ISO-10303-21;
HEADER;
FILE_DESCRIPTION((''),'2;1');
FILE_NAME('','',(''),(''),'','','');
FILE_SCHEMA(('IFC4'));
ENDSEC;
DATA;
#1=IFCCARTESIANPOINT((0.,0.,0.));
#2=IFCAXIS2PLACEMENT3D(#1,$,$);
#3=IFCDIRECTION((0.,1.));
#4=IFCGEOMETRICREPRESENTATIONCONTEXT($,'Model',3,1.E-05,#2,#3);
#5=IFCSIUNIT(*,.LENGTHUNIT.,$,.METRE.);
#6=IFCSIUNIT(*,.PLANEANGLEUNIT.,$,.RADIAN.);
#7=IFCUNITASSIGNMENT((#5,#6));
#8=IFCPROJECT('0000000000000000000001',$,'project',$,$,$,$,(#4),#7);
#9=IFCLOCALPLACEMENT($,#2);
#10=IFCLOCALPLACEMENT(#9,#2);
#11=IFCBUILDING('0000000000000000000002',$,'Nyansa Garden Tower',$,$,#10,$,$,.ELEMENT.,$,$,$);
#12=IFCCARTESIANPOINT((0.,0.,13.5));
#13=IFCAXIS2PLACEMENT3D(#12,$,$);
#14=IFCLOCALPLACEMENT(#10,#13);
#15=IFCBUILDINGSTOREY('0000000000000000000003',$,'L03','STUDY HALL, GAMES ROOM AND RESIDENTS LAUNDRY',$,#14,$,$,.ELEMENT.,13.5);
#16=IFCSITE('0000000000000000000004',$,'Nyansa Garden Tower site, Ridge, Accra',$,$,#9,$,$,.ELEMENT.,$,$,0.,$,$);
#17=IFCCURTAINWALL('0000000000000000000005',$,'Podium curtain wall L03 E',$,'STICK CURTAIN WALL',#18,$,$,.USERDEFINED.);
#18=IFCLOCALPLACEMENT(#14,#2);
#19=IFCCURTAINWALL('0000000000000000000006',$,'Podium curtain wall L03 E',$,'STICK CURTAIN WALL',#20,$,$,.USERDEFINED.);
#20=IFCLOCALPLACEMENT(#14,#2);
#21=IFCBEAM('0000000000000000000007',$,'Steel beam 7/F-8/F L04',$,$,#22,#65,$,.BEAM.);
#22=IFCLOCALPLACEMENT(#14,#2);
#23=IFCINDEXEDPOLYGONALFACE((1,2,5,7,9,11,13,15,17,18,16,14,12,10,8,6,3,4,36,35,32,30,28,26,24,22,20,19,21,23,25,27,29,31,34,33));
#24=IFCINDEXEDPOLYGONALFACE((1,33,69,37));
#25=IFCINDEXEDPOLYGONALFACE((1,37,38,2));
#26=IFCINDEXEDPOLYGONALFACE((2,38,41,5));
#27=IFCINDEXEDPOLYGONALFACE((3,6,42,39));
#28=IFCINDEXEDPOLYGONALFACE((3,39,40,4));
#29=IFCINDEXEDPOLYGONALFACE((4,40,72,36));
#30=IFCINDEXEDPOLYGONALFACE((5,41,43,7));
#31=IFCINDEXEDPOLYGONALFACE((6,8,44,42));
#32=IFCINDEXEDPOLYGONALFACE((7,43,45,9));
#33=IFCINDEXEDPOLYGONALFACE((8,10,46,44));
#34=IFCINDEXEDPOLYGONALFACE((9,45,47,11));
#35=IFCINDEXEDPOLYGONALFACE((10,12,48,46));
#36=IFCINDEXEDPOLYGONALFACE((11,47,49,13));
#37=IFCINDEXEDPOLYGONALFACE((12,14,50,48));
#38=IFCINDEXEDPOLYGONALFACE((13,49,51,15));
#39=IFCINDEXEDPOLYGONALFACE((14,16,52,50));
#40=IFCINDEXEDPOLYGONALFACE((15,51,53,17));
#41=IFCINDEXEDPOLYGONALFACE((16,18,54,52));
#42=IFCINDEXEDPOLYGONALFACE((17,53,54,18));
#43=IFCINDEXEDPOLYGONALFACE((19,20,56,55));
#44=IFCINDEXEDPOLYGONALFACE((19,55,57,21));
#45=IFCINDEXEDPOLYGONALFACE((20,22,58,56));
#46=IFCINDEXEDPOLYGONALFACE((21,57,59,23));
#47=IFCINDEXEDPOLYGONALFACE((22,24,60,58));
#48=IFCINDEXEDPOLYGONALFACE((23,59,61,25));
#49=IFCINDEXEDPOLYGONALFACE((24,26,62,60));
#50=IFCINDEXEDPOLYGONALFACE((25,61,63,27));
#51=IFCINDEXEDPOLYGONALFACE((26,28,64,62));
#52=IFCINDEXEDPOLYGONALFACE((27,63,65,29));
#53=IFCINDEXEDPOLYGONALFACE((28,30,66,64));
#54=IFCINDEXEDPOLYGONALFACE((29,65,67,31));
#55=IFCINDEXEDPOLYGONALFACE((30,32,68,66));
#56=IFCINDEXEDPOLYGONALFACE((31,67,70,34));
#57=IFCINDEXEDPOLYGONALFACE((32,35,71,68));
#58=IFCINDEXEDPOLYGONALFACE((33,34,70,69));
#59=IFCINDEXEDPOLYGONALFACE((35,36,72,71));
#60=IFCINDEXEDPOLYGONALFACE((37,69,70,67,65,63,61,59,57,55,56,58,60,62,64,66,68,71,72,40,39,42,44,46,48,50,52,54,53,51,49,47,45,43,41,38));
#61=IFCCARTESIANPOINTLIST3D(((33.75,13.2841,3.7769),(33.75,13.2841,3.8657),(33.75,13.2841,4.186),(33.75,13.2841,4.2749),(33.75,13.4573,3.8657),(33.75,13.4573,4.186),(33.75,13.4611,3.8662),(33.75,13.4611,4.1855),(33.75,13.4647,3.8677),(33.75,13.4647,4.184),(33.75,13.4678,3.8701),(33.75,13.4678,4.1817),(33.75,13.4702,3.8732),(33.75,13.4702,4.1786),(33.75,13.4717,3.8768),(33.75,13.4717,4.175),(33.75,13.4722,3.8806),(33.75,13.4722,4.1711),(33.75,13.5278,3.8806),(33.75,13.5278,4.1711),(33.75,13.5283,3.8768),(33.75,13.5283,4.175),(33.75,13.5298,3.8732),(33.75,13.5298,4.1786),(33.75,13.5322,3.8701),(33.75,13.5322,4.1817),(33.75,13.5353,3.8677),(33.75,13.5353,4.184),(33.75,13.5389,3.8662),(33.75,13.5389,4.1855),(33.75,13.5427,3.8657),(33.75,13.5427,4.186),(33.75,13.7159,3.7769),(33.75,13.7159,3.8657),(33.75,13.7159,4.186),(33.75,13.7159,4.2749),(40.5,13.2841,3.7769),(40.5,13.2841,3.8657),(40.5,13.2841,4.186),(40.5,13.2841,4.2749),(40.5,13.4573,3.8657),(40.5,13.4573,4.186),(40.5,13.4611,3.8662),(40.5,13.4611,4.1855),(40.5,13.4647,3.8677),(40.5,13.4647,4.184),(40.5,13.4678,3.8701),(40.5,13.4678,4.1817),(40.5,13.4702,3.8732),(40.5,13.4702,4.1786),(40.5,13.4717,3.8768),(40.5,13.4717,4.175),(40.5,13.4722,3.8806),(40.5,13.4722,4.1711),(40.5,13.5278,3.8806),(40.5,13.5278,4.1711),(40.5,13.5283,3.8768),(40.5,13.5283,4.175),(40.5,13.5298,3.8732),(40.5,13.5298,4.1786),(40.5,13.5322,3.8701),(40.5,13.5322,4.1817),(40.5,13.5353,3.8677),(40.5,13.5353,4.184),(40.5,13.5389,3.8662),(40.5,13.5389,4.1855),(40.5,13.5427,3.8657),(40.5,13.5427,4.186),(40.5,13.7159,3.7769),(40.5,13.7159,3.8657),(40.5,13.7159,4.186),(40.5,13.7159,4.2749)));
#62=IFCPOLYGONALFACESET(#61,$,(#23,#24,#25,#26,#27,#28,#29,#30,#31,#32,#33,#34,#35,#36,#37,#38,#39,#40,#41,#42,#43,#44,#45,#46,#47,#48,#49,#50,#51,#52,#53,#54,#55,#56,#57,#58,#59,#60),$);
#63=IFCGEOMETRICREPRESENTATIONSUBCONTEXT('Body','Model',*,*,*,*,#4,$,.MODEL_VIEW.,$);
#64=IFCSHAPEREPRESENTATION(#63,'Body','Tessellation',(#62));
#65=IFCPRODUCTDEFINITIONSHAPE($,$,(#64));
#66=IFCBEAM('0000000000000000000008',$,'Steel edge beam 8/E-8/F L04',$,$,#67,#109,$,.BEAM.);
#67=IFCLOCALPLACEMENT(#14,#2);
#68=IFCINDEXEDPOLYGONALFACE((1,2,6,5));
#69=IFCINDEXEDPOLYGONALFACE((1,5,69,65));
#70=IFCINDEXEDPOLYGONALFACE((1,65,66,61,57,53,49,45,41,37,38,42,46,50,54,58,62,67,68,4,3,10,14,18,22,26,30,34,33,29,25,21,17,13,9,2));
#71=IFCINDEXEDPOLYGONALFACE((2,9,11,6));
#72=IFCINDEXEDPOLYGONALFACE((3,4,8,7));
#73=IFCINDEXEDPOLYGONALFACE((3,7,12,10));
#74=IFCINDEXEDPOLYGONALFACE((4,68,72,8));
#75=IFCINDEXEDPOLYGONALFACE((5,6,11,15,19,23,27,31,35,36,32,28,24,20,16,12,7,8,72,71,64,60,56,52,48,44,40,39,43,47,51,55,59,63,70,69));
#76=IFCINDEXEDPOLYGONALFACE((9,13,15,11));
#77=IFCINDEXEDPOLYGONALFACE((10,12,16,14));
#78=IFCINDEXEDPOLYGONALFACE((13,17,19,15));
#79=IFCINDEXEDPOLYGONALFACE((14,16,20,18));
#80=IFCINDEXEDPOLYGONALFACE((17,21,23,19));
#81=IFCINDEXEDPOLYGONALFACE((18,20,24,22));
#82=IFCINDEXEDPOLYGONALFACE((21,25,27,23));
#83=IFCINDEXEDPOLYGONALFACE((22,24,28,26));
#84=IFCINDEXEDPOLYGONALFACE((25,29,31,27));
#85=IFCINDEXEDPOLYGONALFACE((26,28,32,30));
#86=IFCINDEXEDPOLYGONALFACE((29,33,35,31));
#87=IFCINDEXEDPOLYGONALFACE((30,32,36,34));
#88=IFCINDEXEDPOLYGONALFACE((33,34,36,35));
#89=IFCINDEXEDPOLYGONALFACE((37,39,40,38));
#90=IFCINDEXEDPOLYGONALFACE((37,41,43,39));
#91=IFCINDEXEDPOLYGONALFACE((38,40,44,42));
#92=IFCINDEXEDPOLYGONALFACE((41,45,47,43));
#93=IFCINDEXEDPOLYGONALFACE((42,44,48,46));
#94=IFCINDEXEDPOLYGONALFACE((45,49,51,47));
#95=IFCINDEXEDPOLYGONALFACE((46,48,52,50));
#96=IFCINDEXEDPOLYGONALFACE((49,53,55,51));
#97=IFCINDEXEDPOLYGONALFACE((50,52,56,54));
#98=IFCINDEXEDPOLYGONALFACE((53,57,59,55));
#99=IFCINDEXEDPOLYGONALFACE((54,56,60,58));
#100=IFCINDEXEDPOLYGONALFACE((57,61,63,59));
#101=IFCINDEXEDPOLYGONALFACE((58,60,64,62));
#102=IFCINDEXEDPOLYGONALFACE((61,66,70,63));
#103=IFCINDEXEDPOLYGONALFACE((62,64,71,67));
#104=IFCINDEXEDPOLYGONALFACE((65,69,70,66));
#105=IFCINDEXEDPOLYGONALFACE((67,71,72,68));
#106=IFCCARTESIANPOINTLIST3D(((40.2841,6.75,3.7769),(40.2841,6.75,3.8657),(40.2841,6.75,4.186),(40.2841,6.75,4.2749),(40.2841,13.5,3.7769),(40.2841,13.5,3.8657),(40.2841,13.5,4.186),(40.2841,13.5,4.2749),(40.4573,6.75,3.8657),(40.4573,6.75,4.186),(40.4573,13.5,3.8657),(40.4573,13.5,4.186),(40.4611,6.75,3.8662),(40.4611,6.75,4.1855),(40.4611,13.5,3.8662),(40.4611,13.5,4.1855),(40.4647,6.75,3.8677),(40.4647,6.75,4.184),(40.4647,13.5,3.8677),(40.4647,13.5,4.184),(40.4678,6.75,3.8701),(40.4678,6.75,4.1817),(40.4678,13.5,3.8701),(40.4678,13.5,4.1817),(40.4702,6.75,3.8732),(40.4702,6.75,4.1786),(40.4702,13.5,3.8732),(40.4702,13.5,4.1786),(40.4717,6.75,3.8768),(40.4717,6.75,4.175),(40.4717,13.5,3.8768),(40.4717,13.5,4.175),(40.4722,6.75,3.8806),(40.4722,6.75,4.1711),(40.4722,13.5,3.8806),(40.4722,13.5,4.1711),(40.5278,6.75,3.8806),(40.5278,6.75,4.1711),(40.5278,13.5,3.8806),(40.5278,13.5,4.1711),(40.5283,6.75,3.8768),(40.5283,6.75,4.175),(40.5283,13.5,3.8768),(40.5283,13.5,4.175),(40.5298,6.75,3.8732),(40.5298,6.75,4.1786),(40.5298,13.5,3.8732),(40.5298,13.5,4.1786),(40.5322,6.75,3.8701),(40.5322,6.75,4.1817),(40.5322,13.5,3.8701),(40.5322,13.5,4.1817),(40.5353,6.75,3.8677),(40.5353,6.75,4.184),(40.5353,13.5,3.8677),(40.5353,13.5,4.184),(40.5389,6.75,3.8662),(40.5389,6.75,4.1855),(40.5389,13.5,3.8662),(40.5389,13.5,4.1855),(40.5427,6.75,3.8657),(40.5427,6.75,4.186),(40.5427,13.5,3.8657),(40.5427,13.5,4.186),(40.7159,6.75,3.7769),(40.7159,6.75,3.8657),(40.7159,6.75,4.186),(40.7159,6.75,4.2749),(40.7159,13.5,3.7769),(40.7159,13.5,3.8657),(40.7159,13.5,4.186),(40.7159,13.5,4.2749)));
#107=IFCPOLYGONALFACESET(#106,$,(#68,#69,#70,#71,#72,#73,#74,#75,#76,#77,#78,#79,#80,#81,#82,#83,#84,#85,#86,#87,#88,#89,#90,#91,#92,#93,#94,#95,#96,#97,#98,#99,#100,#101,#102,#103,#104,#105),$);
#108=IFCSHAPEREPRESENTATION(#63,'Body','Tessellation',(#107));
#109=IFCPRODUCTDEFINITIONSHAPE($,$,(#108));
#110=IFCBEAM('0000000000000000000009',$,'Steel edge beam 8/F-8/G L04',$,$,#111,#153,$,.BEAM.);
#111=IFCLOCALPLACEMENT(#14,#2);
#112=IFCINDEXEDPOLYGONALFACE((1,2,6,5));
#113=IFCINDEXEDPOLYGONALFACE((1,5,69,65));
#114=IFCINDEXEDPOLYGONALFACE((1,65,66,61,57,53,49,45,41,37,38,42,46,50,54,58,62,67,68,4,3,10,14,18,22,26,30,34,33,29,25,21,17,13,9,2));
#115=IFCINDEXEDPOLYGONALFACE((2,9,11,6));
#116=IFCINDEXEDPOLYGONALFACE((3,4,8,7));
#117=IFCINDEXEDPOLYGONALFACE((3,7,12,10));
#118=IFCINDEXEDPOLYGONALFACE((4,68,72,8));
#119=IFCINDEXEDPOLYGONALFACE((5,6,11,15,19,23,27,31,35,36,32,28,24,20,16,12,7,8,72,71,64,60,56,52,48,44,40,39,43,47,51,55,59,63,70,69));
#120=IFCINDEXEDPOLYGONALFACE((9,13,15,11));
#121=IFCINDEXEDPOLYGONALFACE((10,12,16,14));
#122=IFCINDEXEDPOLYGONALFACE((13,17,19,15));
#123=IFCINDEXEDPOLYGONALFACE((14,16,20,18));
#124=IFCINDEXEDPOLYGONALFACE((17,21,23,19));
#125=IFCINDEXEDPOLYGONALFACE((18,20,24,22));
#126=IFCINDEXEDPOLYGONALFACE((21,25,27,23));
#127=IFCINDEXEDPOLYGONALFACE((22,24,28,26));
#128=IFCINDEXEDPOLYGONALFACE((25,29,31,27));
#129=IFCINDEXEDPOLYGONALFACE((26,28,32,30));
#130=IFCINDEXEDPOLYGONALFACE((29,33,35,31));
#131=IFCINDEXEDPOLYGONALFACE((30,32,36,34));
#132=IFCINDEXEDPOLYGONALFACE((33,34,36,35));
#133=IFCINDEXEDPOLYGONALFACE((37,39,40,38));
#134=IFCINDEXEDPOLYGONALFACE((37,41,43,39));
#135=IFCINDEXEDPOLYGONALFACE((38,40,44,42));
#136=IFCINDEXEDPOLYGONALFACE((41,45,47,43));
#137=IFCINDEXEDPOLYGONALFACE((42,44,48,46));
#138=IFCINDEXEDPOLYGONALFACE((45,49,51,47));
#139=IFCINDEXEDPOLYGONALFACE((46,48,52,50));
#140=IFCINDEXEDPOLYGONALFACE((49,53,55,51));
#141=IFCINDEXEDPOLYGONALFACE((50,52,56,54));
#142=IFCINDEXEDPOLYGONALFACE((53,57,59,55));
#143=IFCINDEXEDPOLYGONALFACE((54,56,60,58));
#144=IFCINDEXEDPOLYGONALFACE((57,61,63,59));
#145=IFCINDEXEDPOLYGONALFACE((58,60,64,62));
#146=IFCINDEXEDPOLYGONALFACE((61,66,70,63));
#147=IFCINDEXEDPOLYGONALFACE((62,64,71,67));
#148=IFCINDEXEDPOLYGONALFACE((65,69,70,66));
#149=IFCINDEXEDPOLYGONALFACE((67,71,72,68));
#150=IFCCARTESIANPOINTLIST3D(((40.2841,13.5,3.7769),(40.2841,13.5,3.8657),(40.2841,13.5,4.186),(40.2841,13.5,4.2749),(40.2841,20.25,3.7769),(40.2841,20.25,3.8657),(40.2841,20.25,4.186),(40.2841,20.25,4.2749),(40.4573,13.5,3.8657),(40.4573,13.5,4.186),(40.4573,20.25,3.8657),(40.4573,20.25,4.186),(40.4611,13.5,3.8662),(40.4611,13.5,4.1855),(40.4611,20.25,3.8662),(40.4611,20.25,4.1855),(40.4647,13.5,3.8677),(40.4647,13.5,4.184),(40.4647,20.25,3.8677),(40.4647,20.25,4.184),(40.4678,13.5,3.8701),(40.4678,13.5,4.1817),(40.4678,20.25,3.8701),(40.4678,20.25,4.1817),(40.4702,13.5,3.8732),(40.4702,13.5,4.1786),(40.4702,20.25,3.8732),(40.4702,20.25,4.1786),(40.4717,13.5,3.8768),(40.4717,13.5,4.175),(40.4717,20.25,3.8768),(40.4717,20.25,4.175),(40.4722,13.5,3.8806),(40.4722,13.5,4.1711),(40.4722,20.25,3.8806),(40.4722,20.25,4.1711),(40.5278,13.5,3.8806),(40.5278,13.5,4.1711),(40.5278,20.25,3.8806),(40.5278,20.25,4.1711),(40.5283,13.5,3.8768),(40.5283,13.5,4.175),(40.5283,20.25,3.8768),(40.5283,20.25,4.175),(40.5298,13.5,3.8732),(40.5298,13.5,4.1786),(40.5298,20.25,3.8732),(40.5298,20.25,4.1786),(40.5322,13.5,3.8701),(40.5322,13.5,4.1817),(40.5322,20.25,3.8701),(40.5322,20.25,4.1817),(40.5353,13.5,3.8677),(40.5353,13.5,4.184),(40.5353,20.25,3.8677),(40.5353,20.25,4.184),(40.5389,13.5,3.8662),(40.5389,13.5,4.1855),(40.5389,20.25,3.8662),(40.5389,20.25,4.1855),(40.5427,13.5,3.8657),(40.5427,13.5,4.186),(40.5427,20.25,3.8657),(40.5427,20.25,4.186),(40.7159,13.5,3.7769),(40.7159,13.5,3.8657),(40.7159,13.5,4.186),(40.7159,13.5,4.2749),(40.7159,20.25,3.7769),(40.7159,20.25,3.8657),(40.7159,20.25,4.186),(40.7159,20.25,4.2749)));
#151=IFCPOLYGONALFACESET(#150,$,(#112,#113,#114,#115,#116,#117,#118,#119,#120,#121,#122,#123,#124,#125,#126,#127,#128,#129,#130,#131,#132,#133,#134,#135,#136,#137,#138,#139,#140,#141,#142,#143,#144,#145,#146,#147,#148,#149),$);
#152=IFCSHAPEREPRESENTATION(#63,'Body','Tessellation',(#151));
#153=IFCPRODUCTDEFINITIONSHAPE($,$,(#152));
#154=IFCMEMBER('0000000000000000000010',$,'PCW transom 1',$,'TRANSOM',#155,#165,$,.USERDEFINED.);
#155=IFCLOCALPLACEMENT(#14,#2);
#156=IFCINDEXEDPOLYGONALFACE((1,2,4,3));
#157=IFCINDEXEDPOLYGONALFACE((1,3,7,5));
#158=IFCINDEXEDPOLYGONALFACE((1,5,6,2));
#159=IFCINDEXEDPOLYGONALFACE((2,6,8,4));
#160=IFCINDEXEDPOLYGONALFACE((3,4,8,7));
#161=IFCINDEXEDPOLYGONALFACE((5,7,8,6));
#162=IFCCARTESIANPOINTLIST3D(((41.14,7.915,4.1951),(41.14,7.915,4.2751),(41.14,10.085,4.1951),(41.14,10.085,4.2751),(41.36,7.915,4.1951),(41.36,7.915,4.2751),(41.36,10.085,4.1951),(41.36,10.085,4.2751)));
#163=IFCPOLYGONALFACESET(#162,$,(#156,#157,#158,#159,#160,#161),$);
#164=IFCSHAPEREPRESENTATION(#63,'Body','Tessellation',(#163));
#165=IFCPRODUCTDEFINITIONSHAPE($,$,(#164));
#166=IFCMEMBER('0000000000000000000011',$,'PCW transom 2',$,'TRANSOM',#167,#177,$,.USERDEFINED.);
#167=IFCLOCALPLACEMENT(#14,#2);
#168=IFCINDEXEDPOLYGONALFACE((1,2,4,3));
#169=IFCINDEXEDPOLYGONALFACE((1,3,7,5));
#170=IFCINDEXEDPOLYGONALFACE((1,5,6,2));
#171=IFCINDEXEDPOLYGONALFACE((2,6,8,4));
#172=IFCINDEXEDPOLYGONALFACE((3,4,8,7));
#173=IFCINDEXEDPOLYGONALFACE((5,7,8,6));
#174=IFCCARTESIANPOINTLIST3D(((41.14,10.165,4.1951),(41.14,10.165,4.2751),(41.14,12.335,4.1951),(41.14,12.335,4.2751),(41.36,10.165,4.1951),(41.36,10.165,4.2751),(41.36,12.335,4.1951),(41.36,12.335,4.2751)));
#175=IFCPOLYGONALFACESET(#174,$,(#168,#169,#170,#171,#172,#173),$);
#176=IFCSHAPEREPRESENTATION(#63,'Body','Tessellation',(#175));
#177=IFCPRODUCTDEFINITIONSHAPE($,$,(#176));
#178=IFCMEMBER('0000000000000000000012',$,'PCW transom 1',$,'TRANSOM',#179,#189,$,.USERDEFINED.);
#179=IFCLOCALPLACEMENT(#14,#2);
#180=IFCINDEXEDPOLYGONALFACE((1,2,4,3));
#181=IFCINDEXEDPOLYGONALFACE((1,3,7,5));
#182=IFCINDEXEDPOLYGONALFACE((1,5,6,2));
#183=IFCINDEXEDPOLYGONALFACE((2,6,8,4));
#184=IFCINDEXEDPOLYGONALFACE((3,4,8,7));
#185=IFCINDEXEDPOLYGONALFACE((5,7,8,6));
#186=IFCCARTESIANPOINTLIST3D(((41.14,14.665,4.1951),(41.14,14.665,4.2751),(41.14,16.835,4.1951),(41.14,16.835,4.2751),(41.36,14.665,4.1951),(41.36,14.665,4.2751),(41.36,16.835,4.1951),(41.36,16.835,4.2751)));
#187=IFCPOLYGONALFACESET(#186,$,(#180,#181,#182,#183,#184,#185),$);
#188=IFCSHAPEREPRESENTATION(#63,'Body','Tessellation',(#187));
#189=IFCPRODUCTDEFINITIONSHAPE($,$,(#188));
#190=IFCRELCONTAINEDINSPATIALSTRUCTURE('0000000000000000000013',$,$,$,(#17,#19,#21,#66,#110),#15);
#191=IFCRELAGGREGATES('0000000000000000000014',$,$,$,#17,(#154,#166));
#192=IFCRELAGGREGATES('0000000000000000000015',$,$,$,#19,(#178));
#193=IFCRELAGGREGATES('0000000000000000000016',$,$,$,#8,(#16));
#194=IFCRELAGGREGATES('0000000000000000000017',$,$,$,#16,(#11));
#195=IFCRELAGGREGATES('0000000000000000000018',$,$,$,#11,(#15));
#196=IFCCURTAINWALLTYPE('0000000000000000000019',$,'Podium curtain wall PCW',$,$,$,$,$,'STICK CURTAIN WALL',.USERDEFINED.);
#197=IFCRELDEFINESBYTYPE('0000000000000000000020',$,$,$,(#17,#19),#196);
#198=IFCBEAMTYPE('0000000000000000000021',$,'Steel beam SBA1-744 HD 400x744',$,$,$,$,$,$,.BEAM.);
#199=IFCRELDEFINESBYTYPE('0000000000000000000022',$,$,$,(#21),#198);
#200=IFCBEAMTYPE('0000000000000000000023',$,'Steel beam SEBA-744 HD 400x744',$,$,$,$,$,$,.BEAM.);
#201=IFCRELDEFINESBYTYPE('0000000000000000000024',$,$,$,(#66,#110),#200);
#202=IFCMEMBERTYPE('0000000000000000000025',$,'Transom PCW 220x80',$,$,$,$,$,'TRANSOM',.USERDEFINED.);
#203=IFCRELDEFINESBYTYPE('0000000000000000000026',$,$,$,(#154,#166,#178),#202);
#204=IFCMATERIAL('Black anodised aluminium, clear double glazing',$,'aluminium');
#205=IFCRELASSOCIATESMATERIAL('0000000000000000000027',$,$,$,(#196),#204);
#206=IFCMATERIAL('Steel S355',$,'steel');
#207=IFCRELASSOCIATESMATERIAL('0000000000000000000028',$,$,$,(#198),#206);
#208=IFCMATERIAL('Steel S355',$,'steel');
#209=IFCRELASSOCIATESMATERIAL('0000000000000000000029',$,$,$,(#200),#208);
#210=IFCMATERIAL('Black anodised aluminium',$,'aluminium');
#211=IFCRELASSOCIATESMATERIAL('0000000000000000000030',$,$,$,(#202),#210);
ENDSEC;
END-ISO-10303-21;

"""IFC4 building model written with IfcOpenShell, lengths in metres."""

from ifc_helpers import new_model, si_unit, direction, frame, origin, origin_2d, place, context, subcontext, project, spatial, rectangle, i_section, extrude, material, material_profile, profile_set, type_object, element, aggregate, save


model = new_model("IFC4")

# Units and contexts
model_context = context("Model", 3, precision=1e-05, world=origin(), true_north=direction((0.0, 1.0)))
body_context = subcontext(model_context, "Body", "Model", "MODEL_VIEW")
ifc_project = project(units=[si_unit("LENGTHUNIT", "METRE"), si_unit("PLANEANGLEUNIT", "RADIAN")], contexts=[model_context])

# Site, building, storey
site_placement = place(None, origin())
site = spatial("IfcSite", under=ifc_project, at=site_placement, Name="Nyansa Garden Tower site, Ridge, Accra", CompositionType="ELEMENT", RefElevation=0.0)
building_placement = place(site_placement, origin())
building = spatial("IfcBuilding", under=site, at=building_placement, Name="Nyansa Garden Tower", CompositionType="ELEMENT")
storey_placement = place(building_placement, frame((0.0, 0.0, 13.5)))
storey = spatial("IfcBuildingStorey", under=building, at=storey_placement, Name="L03", Description="STUDY HALL, GAMES ROOM AND RESIDENTS LAUNDRY", CompositionType="ELEMENT", Elevation=13.5)

# Curtain walls
ifc_material_1 = material(Name="Black anodised aluminium, clear double glazing", Category="aluminium")
curtain_wall_type = type_object("IfcCurtainWallType", Name="Podium curtain wall PCW", ElementType="STICK CURTAIN WALL", PredefinedType="USERDEFINED", material=ifc_material_1)
curtain_wall_1_placement = place(storey_placement, origin())
curtain_wall_1 = element("IfcCurtainWall", 1, at=curtain_wall_1_placement, inside=storey, type_object=curtain_wall_type, Name="Podium curtain wall L03 E", ObjectType="STICK CURTAIN WALL", PredefinedType="USERDEFINED")
curtain_wall_2_placement = place(storey_placement, origin())
curtain_wall_2 = element("IfcCurtainWall", 2, at=curtain_wall_2_placement, inside=storey, type_object=curtain_wall_type, Name="Podium curtain wall L03 E", ObjectType="STICK CURTAIN WALL", PredefinedType="USERDEFINED")

# Beams
ifc_material_2 = material(Name="Steel S355", Category="steel")
ifc_material_profile_1 = material_profile(ifc_material_2, i_section(OverallWidth=0.4319, OverallDepth=0.498, WebThickness=0.0557, FlangeThickness=0.0889, FilletRadius=0.0149, at=origin_2d()), Name="HD 400x744")
ifc_profile_set_1 = profile_set([ifc_material_profile_1], Name="Steel S355")
beam_type_1 = type_object("IfcBeamType", Name="Steel beam SBA1-744 HD 400x744", PredefinedType="BEAM", material=ifc_profile_set_1)
for number, where, z_axis, x_axis, name in (
    (3, (33.75, 13.5, 4.0259), (1.0, 0.0, 0.0), (0.0, 1.0, 0.0), "Steel beam 7/F-8/F L04"),
):
    element("IfcBeam", number, at=place(storey_placement, frame(where, z_axis=z_axis, x_axis=x_axis)), inside=storey, type_object=beam_type_1, Name=name, PredefinedType="BEAM", context=body_context, shape_type="SweptSolid", body=[
        extrude(i_section(OverallWidth=0.4319, OverallDepth=0.498, WebThickness=0.0557, FlangeThickness=0.0889, FilletRadius=0.0149, at=origin_2d()), origin(), (0.0, 0.0, 1.0), 6.75),
    ])
ifc_material_3 = material(Name="Steel S355", Category="steel")
ifc_material_profile_2 = material_profile(ifc_material_3, i_section(OverallWidth=0.4319, OverallDepth=0.498, WebThickness=0.0557, FlangeThickness=0.0889, FilletRadius=0.0149, at=origin_2d()), Name="HD 400x744")
ifc_profile_set_2 = profile_set([ifc_material_profile_2], Name="Steel S355")
beam_type_2 = type_object("IfcBeamType", Name="Steel beam SEBA-744 HD 400x744", PredefinedType="BEAM", material=ifc_profile_set_2)
for number, where, z_axis, x_axis, name in (
    (4, (40.5, 6.75, 4.0259), (0.0, 1.0, 0.0), (-1.0, 0.0, 0.0), "Steel edge beam 8/E-8/F L04"),
    (5, (40.5, 13.5, 4.0259), (0.0, 1.0, 0.0), (-1.0, 0.0, 0.0), "Steel edge beam 8/F-8/G L04"),
):
    element("IfcBeam", number, at=place(storey_placement, frame(where, z_axis=z_axis, x_axis=x_axis)), inside=storey, type_object=beam_type_2, Name=name, PredefinedType="BEAM", context=body_context, shape_type="SweptSolid", body=[
        extrude(i_section(OverallWidth=0.4319, OverallDepth=0.498, WebThickness=0.0557, FlangeThickness=0.0889, FilletRadius=0.0149, at=origin_2d()), origin(), (0.0, 0.0, 1.0), 6.75),
    ])

# Members
ifc_material_4 = material(Name="Black anodised aluminium", Category="aluminium")
ifc_material_profile_3 = material_profile(ifc_material_4, rectangle(XDim=0.22, YDim=0.0801, at=origin_2d()), Name="Transom 220x80")
ifc_profile_set_3 = profile_set([ifc_material_profile_3], Name="Black anodised aluminium")
member_type_1 = type_object("IfcMemberType", Name="Transom PCW 220x80", ElementType="TRANSOM", PredefinedType="USERDEFINED", material=ifc_profile_set_3)
member_1_placement = place(storey_placement, frame((41.25, 7.915, 4.2351), z_axis=(0.0, 1.0, 0.0), x_axis=(-1.0, 0.0, 0.0)))
member_1 = element("IfcMember", 6, at=member_1_placement, type_object=member_type_1, Name="PCW transom 1", ObjectType="TRANSOM", PredefinedType="USERDEFINED", context=body_context, shape_type="SweptSolid", body=[
    extrude(rectangle(XDim=0.22, YDim=0.0801, at=origin_2d()), origin(), (0.0, 0.0, 1.0), 2.1699),
])
member_2_placement = place(storey_placement, frame((41.25, 10.165, 4.2351), z_axis=(0.0, 1.0, 0.0), x_axis=(-1.0, 0.0, 0.0)))
member_2 = element("IfcMember", 7, at=member_2_placement, type_object=member_type_1, Name="PCW transom 2", ObjectType="TRANSOM", PredefinedType="USERDEFINED", context=body_context, shape_type="SweptSolid", body=[
    extrude(rectangle(XDim=0.22, YDim=0.0801, at=origin_2d()), origin(), (0.0, 0.0, 1.0), 2.1699),
])
member_3_placement = place(storey_placement, frame((41.25, 14.665, 4.2351), z_axis=(0.0, 1.0, 0.0), x_axis=(-1.0, 0.0, 0.0)))
member_3 = element("IfcMember", 8, at=member_3_placement, type_object=member_type_1, Name="PCW transom 1", ObjectType="TRANSOM", PredefinedType="USERDEFINED", context=body_context, shape_type="SweptSolid", body=[
    extrude(rectangle(XDim=0.22, YDim=0.0801, at=origin_2d()), origin(), (0.0, 0.0, 1.0), 2.1699),
])

aggregate(curtain_wall_1, [member_1, member_2])
aggregate(curtain_wall_2, [member_3])

save(model, "model.ifc")
